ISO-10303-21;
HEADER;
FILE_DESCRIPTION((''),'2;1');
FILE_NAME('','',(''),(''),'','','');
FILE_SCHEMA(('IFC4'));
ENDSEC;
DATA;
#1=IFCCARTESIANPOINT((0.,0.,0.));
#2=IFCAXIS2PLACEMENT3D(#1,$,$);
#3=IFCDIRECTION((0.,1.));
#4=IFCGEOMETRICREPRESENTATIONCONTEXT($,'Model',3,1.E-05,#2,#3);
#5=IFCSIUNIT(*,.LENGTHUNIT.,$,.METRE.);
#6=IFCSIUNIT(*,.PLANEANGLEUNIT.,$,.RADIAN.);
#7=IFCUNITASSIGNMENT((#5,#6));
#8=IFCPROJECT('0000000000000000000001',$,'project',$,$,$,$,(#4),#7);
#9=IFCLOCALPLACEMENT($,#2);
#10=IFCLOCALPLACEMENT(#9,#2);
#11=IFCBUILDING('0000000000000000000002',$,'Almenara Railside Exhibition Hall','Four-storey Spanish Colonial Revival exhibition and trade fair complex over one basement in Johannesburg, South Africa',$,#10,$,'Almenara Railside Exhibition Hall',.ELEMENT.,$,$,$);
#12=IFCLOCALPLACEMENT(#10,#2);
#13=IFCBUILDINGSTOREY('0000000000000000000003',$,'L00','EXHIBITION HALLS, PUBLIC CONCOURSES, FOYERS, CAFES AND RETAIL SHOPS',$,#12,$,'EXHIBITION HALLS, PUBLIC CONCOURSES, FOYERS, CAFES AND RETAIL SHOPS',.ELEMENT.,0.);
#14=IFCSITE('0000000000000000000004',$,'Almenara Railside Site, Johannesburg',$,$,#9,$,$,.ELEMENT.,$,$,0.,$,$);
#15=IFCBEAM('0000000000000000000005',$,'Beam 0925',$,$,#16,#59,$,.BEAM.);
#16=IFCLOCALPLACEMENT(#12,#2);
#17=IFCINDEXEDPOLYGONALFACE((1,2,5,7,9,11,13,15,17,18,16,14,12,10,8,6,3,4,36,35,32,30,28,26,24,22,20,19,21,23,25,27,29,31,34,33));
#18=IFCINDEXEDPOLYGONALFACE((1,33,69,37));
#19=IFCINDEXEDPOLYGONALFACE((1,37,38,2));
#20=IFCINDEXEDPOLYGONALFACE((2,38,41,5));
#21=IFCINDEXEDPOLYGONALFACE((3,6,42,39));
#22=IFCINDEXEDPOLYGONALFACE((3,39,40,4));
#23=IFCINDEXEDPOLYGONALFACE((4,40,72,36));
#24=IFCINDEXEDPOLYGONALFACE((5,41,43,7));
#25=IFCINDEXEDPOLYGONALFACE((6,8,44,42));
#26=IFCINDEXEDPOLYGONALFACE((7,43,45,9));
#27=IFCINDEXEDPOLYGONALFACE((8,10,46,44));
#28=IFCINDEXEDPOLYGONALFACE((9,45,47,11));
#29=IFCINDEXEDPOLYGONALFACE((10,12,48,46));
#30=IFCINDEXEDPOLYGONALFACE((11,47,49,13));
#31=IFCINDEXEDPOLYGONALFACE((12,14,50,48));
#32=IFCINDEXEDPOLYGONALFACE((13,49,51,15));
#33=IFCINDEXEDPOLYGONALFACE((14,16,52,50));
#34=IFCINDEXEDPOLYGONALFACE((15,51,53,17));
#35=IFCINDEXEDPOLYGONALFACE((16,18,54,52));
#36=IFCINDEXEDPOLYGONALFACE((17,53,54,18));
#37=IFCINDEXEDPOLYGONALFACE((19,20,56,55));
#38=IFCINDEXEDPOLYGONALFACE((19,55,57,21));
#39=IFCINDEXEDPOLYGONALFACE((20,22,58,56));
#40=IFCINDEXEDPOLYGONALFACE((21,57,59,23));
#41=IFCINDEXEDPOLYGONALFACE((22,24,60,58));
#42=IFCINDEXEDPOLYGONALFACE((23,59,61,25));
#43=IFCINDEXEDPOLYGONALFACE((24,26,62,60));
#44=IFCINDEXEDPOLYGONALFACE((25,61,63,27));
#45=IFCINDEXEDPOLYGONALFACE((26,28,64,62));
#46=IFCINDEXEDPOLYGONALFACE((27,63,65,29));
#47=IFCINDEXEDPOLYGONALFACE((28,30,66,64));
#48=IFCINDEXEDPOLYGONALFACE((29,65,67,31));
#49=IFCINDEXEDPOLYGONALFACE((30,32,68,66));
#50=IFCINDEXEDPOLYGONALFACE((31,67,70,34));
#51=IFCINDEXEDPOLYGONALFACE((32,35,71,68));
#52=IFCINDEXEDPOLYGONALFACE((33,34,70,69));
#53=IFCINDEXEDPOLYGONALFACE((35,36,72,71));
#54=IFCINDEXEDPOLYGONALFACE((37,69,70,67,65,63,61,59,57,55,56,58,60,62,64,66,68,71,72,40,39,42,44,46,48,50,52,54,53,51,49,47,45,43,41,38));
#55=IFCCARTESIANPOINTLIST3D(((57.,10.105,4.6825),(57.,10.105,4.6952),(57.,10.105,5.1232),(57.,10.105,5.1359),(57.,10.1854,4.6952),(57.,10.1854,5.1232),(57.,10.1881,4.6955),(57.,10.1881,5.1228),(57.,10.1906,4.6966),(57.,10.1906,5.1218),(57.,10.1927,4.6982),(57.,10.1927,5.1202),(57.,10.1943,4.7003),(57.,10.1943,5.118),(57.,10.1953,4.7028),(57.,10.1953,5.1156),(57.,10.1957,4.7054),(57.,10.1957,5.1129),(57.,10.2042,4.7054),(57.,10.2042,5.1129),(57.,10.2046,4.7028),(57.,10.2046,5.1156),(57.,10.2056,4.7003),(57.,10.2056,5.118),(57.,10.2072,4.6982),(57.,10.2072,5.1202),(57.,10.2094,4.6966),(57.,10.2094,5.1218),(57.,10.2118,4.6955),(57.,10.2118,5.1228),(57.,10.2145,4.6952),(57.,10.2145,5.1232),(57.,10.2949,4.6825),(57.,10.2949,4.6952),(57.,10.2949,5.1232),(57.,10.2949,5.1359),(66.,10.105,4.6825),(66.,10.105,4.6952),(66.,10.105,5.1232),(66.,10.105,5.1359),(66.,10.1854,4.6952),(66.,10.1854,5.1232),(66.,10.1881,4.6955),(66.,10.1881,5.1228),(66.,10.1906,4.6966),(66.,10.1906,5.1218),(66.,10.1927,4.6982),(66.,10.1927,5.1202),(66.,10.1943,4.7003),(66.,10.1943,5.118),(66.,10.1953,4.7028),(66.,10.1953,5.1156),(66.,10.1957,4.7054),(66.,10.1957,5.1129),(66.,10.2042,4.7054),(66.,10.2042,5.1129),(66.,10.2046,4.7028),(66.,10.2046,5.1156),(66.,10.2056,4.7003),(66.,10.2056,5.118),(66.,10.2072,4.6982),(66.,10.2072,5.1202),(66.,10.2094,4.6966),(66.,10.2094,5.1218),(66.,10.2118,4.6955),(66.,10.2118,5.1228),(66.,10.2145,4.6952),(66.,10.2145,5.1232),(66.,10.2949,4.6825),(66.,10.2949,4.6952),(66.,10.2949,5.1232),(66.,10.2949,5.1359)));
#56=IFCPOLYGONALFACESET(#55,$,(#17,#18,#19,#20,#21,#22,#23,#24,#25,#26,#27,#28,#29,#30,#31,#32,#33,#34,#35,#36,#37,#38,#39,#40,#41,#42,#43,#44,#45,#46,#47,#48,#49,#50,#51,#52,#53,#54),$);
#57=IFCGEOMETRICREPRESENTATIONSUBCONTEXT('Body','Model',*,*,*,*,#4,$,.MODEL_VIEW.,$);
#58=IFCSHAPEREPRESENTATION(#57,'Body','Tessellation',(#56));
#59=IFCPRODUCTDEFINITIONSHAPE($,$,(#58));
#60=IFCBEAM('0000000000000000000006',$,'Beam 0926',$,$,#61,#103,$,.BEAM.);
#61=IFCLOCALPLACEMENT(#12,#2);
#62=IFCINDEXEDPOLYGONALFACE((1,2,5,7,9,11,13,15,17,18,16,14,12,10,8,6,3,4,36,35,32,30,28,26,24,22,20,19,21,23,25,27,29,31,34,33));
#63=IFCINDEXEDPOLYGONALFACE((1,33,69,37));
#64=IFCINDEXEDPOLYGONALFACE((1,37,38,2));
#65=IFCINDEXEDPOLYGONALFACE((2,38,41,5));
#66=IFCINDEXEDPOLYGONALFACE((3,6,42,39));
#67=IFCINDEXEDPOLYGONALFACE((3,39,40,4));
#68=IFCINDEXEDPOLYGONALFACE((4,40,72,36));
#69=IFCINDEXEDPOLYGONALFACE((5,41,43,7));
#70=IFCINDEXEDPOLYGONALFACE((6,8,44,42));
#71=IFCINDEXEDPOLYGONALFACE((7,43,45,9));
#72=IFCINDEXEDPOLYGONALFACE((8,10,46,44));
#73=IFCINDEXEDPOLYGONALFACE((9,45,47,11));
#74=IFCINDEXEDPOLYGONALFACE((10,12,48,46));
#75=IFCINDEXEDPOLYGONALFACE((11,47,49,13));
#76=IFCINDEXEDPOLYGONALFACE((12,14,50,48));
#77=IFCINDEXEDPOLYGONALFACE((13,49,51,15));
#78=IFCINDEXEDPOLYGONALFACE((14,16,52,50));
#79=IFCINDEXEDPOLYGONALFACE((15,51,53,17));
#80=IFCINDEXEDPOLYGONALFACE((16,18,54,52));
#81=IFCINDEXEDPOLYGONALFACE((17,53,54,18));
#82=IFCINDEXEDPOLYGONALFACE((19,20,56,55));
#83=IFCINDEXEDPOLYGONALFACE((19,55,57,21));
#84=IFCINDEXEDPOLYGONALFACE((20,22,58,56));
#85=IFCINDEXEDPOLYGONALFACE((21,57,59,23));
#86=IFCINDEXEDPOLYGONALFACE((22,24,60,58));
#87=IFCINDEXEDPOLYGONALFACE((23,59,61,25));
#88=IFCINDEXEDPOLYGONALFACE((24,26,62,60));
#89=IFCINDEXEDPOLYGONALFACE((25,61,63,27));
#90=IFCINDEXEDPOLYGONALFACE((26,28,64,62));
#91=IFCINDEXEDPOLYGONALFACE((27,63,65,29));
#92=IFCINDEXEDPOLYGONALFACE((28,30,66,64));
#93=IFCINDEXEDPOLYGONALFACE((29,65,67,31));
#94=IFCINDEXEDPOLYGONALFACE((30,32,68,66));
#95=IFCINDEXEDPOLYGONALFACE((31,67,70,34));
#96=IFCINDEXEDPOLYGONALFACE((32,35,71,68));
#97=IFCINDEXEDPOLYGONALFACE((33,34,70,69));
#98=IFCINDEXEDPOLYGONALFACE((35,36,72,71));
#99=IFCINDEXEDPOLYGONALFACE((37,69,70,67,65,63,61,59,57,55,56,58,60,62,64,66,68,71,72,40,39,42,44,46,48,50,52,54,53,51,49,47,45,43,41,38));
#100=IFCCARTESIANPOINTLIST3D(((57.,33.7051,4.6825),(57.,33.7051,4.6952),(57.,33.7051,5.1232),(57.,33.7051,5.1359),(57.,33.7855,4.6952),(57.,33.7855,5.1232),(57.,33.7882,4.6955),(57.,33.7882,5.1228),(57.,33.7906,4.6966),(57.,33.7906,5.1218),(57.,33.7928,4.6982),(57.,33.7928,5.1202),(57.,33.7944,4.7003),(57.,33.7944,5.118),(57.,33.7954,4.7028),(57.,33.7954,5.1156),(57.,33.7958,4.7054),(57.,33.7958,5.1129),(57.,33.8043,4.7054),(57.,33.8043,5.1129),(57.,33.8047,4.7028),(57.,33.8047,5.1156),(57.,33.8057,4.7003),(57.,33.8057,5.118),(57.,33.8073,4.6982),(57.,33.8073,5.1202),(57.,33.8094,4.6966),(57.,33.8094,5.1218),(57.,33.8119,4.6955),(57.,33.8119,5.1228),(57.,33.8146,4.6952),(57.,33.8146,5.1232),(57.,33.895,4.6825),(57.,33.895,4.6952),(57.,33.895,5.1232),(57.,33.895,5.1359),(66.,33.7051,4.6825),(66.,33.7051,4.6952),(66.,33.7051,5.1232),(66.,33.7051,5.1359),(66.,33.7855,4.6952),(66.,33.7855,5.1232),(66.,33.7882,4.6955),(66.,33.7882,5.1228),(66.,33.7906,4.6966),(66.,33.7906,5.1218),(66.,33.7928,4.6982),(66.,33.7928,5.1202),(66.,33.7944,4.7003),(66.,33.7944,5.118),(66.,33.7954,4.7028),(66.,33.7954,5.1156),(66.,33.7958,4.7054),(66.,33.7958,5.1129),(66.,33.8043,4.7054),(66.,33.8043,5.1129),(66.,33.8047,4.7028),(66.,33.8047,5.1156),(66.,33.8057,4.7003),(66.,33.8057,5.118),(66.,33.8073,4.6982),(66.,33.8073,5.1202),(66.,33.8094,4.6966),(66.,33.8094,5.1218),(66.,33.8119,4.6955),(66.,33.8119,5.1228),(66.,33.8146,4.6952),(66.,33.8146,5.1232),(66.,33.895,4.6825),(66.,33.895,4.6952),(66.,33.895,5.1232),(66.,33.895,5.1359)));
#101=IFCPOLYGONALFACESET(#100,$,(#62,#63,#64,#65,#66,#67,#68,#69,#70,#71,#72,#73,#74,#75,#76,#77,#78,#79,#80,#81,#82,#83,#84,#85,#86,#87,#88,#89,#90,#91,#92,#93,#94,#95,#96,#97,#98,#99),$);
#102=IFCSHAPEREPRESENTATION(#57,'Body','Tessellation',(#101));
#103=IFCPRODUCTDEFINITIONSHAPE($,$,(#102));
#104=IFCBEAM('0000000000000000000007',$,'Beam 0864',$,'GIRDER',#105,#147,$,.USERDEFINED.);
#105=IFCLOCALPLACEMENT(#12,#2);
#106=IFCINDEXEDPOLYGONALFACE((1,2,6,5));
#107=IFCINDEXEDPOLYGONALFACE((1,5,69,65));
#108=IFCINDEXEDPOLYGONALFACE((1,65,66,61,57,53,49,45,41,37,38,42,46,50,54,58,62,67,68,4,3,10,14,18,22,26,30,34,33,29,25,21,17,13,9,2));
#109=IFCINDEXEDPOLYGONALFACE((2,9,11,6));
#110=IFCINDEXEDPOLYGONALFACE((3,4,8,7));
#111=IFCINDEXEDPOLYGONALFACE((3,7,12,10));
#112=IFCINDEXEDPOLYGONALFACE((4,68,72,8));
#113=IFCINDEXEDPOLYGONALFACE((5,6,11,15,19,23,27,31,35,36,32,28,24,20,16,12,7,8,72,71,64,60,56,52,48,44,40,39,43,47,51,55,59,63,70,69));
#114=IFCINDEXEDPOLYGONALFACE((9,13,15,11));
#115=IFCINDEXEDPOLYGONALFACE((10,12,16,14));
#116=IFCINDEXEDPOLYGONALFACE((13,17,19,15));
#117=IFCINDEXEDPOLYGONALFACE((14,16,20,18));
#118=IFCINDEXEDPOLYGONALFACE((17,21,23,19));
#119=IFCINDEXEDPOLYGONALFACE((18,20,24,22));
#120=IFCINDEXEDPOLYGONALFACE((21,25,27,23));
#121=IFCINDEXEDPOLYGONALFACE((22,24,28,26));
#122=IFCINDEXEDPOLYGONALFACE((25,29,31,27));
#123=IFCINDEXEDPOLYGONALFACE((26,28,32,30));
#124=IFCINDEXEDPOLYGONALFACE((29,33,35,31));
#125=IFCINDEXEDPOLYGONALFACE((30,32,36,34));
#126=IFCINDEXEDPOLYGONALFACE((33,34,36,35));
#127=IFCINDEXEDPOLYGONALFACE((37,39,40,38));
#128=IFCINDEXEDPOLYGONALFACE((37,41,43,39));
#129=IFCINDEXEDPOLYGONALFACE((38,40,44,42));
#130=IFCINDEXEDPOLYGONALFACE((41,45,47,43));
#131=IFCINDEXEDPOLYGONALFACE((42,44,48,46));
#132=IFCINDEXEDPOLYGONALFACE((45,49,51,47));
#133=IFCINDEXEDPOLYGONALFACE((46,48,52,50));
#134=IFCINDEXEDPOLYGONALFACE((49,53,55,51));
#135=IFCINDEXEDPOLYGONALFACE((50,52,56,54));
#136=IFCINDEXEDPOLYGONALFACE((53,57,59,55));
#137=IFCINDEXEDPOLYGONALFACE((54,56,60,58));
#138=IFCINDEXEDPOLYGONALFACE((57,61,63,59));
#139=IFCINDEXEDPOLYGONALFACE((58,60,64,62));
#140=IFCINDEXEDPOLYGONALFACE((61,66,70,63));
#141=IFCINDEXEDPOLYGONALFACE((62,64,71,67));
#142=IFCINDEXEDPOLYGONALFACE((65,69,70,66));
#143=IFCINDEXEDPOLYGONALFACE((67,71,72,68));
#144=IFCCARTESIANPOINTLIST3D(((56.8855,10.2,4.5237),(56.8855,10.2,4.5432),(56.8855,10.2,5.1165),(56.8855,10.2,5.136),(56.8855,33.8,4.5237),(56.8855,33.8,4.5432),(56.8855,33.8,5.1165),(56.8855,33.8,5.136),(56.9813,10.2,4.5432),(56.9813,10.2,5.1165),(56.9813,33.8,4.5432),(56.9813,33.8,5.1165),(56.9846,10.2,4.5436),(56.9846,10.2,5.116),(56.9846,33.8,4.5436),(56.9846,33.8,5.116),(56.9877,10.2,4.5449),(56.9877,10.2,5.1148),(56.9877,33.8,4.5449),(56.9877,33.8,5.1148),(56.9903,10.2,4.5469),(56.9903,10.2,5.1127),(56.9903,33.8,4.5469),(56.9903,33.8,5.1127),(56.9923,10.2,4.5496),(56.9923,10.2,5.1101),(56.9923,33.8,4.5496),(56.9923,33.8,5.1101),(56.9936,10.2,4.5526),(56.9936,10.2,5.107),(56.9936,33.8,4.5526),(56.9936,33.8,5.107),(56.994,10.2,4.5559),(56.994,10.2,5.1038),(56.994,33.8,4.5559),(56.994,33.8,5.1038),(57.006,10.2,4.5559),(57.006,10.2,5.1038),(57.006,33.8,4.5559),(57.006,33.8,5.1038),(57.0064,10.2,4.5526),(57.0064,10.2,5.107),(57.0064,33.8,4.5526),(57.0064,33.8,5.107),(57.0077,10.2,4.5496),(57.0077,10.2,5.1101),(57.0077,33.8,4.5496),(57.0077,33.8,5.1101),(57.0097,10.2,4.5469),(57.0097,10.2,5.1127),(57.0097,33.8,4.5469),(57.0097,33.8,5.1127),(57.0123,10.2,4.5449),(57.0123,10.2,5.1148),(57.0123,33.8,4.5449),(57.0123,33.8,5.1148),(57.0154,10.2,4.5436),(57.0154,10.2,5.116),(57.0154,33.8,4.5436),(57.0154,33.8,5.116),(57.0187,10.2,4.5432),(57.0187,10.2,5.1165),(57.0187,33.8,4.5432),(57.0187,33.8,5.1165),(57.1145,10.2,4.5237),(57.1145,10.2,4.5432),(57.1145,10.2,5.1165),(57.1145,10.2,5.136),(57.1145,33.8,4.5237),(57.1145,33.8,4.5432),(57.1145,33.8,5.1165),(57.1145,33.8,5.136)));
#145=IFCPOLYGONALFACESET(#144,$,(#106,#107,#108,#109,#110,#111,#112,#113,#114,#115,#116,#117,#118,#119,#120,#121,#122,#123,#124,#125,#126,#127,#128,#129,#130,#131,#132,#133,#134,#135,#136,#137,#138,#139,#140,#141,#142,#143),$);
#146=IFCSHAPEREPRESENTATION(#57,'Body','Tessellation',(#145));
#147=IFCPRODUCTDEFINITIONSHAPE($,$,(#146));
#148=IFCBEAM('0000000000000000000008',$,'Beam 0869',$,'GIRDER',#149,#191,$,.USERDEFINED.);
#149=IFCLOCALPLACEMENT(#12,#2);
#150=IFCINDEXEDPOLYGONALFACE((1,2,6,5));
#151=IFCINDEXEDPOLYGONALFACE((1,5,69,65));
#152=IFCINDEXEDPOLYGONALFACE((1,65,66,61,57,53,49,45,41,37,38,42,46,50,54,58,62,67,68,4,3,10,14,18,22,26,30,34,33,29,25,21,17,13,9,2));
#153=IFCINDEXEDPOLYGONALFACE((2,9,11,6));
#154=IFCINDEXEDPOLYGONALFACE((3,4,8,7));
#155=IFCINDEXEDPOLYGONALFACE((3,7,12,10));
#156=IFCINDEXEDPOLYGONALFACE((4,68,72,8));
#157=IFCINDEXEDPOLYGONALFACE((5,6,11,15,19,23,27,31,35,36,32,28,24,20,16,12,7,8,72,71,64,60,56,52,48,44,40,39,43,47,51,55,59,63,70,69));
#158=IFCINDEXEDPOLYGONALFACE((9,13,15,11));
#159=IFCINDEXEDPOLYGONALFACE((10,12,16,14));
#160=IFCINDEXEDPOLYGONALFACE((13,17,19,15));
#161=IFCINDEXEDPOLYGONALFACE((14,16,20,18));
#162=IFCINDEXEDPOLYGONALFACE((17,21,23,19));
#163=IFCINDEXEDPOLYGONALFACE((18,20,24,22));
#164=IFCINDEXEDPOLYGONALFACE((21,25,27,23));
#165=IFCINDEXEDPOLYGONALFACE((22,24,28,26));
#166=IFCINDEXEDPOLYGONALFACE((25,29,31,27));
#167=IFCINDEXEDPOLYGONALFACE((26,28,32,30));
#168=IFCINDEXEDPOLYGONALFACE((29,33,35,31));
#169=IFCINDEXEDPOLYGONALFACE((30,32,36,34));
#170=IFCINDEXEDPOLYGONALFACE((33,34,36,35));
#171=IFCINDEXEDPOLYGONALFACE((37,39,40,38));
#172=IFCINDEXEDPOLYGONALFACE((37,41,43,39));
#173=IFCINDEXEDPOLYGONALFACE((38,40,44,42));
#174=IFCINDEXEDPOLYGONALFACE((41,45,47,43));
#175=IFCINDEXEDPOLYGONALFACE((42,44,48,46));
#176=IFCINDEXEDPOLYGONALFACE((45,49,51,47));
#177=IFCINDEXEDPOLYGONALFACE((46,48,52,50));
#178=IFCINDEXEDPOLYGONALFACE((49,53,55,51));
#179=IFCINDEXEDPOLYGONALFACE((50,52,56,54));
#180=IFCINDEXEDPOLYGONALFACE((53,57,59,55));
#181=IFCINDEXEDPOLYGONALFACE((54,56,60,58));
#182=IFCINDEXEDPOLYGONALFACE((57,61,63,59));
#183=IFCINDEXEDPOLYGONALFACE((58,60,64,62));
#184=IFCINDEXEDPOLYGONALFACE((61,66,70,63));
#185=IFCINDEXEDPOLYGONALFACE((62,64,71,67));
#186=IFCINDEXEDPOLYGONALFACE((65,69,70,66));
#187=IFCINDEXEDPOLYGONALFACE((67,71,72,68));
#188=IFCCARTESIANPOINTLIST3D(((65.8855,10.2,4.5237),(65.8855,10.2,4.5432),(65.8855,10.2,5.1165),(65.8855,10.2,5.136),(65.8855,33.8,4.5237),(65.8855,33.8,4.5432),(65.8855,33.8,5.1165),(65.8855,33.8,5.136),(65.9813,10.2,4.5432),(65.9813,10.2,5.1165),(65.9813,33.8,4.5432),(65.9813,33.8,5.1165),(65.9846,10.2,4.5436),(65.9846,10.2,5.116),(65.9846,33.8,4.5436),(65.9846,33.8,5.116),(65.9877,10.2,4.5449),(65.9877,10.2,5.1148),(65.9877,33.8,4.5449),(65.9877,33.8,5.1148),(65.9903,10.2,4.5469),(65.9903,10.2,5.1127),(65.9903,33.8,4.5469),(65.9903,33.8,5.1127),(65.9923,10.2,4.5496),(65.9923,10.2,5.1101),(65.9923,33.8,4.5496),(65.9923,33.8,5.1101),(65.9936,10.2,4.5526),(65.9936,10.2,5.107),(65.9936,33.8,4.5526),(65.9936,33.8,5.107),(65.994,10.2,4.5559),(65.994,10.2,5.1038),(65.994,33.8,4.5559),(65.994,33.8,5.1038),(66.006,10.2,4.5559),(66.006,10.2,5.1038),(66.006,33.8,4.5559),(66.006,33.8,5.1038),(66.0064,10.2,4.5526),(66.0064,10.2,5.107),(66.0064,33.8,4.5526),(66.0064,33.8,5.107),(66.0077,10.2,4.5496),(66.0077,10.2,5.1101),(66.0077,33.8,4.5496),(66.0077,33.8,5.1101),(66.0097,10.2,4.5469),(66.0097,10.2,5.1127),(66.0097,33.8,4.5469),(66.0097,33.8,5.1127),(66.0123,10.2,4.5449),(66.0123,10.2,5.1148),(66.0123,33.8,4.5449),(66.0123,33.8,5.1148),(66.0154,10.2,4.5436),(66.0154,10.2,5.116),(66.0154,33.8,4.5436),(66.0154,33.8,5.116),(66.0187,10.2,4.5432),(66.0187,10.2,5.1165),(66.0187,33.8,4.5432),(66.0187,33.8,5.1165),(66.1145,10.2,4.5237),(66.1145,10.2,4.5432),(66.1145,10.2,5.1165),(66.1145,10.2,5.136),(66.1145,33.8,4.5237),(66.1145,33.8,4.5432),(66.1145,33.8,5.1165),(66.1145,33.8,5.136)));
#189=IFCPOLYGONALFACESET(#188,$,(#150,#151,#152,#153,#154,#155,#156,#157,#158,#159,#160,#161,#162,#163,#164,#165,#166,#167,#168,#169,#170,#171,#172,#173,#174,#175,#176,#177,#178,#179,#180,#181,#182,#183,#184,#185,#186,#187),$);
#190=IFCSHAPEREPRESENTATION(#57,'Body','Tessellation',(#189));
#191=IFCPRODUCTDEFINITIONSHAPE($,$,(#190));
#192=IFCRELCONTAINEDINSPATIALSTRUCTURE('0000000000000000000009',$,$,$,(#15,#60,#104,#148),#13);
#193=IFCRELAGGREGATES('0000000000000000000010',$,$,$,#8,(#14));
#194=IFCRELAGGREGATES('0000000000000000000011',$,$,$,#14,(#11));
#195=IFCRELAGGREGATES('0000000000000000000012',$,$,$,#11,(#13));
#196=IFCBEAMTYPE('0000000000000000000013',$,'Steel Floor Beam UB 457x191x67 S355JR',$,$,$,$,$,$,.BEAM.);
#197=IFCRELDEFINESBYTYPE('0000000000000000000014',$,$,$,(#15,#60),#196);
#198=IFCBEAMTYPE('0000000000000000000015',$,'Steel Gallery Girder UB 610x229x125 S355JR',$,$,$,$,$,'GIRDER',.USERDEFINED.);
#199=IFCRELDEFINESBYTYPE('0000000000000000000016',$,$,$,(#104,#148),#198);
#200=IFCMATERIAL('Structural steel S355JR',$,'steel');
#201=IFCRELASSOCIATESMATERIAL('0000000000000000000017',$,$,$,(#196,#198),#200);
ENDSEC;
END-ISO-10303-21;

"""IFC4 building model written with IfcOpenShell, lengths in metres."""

from ifc_helpers import new_model, si_unit, direction, frame, origin, origin_2d, place, context, subcontext, project, spatial, i_section, extrude, material, material_profile, profile_set, type_object, element, save


model = new_model("IFC4")

# Units and contexts
model_context = context("Model", 3, precision=1e-05, world=origin(), true_north=direction((0.0, 1.0)))
body_context = subcontext(model_context, "Body", "Model", "MODEL_VIEW")
ifc_project = project(units=[si_unit("LENGTHUNIT", "METRE"), si_unit("PLANEANGLEUNIT", "RADIAN")], contexts=[model_context])

# Site, building, storey
site_placement = place(None, origin())
site = spatial("IfcSite", under=ifc_project, at=site_placement, Name="Almenara Railside Site, Johannesburg", CompositionType="ELEMENT", RefElevation=0.0)
building_placement = place(site_placement, origin())
building = spatial("IfcBuilding", under=site, at=building_placement, Name="Almenara Railside Exhibition Hall", Description="Four-storey Spanish Colonial Revival exhibition and trade fair complex over one basement in Johannesburg, South Africa", LongName="Almenara Railside Exhibition Hall", CompositionType="ELEMENT")
storey_placement = place(building_placement, origin())
storey = spatial("IfcBuildingStorey", under=building, at=storey_placement, Name="L00", Description="EXHIBITION HALLS, PUBLIC CONCOURSES, FOYERS, CAFES AND RETAIL SHOPS", LongName="EXHIBITION HALLS, PUBLIC CONCOURSES, FOYERS, CAFES AND RETAIL SHOPS", CompositionType="ELEMENT", Elevation=0.0)

# Beams
ifc_material_1 = material(Name="Structural steel S355JR", Category="steel")
ifc_material_profile_1 = material_profile(ifc_material_1, i_section(OverallWidth=0.1899, OverallDepth=0.4534, WebThickness=0.0085, FlangeThickness=0.0127, FilletRadius=0.0103, at=origin_2d()), Name="UB 457x191x67")
ifc_profile_set_1 = profile_set([ifc_material_profile_1], Name="Structural steel S355JR")
beam_type_1 = type_object("IfcBeamType", Name="Steel Floor Beam UB 457x191x67 S355JR", PredefinedType="BEAM", material=ifc_profile_set_1)
for number, where, z_axis, x_axis, name in (
    (1, (57.0, 10.2, 4.9092), (1.0, 0.0, 0.0), (0.0, 1.0, 0.0), "Beam 0925"),
    (2, (57.0, 33.8, 4.9092), (1.0, 0.0, 0.0), (0.0, 1.0, 0.0), "Beam 0926"),
):
    element("IfcBeam", number, at=place(storey_placement, frame(where, z_axis=z_axis, x_axis=x_axis)), inside=storey, type_object=beam_type_1, Name=name, PredefinedType="BEAM", context=body_context, shape_type="SweptSolid", body=[
        extrude(i_section(OverallWidth=0.1899, OverallDepth=0.4534, WebThickness=0.0085, FlangeThickness=0.0127, FilletRadius=0.0103, at=origin_2d()), origin(), (0.0, 0.0, 1.0), 9.0),
    ])
ifc_material_profile_2 = material_profile(ifc_material_1, i_section(OverallWidth=0.229, OverallDepth=0.6123, WebThickness=0.012, FlangeThickness=0.0195, FilletRadius=0.0127, at=origin_2d()), Name="UB 610x229x125")
ifc_profile_set_2 = profile_set([ifc_material_profile_2], Name="Structural steel S355JR")
beam_type_2 = type_object("IfcBeamType", Name="Steel Gallery Girder UB 610x229x125 S355JR", ElementType="GIRDER", PredefinedType="USERDEFINED", material=ifc_profile_set_2)
for number, where, z_axis, x_axis, name in (
    (3, (57.0, 10.2, 4.8298), (0.0, 1.0, 0.0), (-1.0, 0.0, 0.0), "Beam 0864"),
    (4, (66.0, 10.2, 4.8298), (0.0, 1.0, 0.0), (-1.0, 0.0, 0.0), "Beam 0869"),
):
    element("IfcBeam", number, at=place(storey_placement, frame(where, z_axis=z_axis, x_axis=x_axis)), inside=storey, type_object=beam_type_2, Name=name, ObjectType="GIRDER", PredefinedType="USERDEFINED", context=body_context, shape_type="SweptSolid", body=[
        extrude(i_section(OverallWidth=0.229, OverallDepth=0.6123, WebThickness=0.012, FlangeThickness=0.0195, FilletRadius=0.0127, at=origin_2d()), origin(), (0.0, 0.0, 1.0), 23.6001),
    ])

save(model, "model.ifc")
